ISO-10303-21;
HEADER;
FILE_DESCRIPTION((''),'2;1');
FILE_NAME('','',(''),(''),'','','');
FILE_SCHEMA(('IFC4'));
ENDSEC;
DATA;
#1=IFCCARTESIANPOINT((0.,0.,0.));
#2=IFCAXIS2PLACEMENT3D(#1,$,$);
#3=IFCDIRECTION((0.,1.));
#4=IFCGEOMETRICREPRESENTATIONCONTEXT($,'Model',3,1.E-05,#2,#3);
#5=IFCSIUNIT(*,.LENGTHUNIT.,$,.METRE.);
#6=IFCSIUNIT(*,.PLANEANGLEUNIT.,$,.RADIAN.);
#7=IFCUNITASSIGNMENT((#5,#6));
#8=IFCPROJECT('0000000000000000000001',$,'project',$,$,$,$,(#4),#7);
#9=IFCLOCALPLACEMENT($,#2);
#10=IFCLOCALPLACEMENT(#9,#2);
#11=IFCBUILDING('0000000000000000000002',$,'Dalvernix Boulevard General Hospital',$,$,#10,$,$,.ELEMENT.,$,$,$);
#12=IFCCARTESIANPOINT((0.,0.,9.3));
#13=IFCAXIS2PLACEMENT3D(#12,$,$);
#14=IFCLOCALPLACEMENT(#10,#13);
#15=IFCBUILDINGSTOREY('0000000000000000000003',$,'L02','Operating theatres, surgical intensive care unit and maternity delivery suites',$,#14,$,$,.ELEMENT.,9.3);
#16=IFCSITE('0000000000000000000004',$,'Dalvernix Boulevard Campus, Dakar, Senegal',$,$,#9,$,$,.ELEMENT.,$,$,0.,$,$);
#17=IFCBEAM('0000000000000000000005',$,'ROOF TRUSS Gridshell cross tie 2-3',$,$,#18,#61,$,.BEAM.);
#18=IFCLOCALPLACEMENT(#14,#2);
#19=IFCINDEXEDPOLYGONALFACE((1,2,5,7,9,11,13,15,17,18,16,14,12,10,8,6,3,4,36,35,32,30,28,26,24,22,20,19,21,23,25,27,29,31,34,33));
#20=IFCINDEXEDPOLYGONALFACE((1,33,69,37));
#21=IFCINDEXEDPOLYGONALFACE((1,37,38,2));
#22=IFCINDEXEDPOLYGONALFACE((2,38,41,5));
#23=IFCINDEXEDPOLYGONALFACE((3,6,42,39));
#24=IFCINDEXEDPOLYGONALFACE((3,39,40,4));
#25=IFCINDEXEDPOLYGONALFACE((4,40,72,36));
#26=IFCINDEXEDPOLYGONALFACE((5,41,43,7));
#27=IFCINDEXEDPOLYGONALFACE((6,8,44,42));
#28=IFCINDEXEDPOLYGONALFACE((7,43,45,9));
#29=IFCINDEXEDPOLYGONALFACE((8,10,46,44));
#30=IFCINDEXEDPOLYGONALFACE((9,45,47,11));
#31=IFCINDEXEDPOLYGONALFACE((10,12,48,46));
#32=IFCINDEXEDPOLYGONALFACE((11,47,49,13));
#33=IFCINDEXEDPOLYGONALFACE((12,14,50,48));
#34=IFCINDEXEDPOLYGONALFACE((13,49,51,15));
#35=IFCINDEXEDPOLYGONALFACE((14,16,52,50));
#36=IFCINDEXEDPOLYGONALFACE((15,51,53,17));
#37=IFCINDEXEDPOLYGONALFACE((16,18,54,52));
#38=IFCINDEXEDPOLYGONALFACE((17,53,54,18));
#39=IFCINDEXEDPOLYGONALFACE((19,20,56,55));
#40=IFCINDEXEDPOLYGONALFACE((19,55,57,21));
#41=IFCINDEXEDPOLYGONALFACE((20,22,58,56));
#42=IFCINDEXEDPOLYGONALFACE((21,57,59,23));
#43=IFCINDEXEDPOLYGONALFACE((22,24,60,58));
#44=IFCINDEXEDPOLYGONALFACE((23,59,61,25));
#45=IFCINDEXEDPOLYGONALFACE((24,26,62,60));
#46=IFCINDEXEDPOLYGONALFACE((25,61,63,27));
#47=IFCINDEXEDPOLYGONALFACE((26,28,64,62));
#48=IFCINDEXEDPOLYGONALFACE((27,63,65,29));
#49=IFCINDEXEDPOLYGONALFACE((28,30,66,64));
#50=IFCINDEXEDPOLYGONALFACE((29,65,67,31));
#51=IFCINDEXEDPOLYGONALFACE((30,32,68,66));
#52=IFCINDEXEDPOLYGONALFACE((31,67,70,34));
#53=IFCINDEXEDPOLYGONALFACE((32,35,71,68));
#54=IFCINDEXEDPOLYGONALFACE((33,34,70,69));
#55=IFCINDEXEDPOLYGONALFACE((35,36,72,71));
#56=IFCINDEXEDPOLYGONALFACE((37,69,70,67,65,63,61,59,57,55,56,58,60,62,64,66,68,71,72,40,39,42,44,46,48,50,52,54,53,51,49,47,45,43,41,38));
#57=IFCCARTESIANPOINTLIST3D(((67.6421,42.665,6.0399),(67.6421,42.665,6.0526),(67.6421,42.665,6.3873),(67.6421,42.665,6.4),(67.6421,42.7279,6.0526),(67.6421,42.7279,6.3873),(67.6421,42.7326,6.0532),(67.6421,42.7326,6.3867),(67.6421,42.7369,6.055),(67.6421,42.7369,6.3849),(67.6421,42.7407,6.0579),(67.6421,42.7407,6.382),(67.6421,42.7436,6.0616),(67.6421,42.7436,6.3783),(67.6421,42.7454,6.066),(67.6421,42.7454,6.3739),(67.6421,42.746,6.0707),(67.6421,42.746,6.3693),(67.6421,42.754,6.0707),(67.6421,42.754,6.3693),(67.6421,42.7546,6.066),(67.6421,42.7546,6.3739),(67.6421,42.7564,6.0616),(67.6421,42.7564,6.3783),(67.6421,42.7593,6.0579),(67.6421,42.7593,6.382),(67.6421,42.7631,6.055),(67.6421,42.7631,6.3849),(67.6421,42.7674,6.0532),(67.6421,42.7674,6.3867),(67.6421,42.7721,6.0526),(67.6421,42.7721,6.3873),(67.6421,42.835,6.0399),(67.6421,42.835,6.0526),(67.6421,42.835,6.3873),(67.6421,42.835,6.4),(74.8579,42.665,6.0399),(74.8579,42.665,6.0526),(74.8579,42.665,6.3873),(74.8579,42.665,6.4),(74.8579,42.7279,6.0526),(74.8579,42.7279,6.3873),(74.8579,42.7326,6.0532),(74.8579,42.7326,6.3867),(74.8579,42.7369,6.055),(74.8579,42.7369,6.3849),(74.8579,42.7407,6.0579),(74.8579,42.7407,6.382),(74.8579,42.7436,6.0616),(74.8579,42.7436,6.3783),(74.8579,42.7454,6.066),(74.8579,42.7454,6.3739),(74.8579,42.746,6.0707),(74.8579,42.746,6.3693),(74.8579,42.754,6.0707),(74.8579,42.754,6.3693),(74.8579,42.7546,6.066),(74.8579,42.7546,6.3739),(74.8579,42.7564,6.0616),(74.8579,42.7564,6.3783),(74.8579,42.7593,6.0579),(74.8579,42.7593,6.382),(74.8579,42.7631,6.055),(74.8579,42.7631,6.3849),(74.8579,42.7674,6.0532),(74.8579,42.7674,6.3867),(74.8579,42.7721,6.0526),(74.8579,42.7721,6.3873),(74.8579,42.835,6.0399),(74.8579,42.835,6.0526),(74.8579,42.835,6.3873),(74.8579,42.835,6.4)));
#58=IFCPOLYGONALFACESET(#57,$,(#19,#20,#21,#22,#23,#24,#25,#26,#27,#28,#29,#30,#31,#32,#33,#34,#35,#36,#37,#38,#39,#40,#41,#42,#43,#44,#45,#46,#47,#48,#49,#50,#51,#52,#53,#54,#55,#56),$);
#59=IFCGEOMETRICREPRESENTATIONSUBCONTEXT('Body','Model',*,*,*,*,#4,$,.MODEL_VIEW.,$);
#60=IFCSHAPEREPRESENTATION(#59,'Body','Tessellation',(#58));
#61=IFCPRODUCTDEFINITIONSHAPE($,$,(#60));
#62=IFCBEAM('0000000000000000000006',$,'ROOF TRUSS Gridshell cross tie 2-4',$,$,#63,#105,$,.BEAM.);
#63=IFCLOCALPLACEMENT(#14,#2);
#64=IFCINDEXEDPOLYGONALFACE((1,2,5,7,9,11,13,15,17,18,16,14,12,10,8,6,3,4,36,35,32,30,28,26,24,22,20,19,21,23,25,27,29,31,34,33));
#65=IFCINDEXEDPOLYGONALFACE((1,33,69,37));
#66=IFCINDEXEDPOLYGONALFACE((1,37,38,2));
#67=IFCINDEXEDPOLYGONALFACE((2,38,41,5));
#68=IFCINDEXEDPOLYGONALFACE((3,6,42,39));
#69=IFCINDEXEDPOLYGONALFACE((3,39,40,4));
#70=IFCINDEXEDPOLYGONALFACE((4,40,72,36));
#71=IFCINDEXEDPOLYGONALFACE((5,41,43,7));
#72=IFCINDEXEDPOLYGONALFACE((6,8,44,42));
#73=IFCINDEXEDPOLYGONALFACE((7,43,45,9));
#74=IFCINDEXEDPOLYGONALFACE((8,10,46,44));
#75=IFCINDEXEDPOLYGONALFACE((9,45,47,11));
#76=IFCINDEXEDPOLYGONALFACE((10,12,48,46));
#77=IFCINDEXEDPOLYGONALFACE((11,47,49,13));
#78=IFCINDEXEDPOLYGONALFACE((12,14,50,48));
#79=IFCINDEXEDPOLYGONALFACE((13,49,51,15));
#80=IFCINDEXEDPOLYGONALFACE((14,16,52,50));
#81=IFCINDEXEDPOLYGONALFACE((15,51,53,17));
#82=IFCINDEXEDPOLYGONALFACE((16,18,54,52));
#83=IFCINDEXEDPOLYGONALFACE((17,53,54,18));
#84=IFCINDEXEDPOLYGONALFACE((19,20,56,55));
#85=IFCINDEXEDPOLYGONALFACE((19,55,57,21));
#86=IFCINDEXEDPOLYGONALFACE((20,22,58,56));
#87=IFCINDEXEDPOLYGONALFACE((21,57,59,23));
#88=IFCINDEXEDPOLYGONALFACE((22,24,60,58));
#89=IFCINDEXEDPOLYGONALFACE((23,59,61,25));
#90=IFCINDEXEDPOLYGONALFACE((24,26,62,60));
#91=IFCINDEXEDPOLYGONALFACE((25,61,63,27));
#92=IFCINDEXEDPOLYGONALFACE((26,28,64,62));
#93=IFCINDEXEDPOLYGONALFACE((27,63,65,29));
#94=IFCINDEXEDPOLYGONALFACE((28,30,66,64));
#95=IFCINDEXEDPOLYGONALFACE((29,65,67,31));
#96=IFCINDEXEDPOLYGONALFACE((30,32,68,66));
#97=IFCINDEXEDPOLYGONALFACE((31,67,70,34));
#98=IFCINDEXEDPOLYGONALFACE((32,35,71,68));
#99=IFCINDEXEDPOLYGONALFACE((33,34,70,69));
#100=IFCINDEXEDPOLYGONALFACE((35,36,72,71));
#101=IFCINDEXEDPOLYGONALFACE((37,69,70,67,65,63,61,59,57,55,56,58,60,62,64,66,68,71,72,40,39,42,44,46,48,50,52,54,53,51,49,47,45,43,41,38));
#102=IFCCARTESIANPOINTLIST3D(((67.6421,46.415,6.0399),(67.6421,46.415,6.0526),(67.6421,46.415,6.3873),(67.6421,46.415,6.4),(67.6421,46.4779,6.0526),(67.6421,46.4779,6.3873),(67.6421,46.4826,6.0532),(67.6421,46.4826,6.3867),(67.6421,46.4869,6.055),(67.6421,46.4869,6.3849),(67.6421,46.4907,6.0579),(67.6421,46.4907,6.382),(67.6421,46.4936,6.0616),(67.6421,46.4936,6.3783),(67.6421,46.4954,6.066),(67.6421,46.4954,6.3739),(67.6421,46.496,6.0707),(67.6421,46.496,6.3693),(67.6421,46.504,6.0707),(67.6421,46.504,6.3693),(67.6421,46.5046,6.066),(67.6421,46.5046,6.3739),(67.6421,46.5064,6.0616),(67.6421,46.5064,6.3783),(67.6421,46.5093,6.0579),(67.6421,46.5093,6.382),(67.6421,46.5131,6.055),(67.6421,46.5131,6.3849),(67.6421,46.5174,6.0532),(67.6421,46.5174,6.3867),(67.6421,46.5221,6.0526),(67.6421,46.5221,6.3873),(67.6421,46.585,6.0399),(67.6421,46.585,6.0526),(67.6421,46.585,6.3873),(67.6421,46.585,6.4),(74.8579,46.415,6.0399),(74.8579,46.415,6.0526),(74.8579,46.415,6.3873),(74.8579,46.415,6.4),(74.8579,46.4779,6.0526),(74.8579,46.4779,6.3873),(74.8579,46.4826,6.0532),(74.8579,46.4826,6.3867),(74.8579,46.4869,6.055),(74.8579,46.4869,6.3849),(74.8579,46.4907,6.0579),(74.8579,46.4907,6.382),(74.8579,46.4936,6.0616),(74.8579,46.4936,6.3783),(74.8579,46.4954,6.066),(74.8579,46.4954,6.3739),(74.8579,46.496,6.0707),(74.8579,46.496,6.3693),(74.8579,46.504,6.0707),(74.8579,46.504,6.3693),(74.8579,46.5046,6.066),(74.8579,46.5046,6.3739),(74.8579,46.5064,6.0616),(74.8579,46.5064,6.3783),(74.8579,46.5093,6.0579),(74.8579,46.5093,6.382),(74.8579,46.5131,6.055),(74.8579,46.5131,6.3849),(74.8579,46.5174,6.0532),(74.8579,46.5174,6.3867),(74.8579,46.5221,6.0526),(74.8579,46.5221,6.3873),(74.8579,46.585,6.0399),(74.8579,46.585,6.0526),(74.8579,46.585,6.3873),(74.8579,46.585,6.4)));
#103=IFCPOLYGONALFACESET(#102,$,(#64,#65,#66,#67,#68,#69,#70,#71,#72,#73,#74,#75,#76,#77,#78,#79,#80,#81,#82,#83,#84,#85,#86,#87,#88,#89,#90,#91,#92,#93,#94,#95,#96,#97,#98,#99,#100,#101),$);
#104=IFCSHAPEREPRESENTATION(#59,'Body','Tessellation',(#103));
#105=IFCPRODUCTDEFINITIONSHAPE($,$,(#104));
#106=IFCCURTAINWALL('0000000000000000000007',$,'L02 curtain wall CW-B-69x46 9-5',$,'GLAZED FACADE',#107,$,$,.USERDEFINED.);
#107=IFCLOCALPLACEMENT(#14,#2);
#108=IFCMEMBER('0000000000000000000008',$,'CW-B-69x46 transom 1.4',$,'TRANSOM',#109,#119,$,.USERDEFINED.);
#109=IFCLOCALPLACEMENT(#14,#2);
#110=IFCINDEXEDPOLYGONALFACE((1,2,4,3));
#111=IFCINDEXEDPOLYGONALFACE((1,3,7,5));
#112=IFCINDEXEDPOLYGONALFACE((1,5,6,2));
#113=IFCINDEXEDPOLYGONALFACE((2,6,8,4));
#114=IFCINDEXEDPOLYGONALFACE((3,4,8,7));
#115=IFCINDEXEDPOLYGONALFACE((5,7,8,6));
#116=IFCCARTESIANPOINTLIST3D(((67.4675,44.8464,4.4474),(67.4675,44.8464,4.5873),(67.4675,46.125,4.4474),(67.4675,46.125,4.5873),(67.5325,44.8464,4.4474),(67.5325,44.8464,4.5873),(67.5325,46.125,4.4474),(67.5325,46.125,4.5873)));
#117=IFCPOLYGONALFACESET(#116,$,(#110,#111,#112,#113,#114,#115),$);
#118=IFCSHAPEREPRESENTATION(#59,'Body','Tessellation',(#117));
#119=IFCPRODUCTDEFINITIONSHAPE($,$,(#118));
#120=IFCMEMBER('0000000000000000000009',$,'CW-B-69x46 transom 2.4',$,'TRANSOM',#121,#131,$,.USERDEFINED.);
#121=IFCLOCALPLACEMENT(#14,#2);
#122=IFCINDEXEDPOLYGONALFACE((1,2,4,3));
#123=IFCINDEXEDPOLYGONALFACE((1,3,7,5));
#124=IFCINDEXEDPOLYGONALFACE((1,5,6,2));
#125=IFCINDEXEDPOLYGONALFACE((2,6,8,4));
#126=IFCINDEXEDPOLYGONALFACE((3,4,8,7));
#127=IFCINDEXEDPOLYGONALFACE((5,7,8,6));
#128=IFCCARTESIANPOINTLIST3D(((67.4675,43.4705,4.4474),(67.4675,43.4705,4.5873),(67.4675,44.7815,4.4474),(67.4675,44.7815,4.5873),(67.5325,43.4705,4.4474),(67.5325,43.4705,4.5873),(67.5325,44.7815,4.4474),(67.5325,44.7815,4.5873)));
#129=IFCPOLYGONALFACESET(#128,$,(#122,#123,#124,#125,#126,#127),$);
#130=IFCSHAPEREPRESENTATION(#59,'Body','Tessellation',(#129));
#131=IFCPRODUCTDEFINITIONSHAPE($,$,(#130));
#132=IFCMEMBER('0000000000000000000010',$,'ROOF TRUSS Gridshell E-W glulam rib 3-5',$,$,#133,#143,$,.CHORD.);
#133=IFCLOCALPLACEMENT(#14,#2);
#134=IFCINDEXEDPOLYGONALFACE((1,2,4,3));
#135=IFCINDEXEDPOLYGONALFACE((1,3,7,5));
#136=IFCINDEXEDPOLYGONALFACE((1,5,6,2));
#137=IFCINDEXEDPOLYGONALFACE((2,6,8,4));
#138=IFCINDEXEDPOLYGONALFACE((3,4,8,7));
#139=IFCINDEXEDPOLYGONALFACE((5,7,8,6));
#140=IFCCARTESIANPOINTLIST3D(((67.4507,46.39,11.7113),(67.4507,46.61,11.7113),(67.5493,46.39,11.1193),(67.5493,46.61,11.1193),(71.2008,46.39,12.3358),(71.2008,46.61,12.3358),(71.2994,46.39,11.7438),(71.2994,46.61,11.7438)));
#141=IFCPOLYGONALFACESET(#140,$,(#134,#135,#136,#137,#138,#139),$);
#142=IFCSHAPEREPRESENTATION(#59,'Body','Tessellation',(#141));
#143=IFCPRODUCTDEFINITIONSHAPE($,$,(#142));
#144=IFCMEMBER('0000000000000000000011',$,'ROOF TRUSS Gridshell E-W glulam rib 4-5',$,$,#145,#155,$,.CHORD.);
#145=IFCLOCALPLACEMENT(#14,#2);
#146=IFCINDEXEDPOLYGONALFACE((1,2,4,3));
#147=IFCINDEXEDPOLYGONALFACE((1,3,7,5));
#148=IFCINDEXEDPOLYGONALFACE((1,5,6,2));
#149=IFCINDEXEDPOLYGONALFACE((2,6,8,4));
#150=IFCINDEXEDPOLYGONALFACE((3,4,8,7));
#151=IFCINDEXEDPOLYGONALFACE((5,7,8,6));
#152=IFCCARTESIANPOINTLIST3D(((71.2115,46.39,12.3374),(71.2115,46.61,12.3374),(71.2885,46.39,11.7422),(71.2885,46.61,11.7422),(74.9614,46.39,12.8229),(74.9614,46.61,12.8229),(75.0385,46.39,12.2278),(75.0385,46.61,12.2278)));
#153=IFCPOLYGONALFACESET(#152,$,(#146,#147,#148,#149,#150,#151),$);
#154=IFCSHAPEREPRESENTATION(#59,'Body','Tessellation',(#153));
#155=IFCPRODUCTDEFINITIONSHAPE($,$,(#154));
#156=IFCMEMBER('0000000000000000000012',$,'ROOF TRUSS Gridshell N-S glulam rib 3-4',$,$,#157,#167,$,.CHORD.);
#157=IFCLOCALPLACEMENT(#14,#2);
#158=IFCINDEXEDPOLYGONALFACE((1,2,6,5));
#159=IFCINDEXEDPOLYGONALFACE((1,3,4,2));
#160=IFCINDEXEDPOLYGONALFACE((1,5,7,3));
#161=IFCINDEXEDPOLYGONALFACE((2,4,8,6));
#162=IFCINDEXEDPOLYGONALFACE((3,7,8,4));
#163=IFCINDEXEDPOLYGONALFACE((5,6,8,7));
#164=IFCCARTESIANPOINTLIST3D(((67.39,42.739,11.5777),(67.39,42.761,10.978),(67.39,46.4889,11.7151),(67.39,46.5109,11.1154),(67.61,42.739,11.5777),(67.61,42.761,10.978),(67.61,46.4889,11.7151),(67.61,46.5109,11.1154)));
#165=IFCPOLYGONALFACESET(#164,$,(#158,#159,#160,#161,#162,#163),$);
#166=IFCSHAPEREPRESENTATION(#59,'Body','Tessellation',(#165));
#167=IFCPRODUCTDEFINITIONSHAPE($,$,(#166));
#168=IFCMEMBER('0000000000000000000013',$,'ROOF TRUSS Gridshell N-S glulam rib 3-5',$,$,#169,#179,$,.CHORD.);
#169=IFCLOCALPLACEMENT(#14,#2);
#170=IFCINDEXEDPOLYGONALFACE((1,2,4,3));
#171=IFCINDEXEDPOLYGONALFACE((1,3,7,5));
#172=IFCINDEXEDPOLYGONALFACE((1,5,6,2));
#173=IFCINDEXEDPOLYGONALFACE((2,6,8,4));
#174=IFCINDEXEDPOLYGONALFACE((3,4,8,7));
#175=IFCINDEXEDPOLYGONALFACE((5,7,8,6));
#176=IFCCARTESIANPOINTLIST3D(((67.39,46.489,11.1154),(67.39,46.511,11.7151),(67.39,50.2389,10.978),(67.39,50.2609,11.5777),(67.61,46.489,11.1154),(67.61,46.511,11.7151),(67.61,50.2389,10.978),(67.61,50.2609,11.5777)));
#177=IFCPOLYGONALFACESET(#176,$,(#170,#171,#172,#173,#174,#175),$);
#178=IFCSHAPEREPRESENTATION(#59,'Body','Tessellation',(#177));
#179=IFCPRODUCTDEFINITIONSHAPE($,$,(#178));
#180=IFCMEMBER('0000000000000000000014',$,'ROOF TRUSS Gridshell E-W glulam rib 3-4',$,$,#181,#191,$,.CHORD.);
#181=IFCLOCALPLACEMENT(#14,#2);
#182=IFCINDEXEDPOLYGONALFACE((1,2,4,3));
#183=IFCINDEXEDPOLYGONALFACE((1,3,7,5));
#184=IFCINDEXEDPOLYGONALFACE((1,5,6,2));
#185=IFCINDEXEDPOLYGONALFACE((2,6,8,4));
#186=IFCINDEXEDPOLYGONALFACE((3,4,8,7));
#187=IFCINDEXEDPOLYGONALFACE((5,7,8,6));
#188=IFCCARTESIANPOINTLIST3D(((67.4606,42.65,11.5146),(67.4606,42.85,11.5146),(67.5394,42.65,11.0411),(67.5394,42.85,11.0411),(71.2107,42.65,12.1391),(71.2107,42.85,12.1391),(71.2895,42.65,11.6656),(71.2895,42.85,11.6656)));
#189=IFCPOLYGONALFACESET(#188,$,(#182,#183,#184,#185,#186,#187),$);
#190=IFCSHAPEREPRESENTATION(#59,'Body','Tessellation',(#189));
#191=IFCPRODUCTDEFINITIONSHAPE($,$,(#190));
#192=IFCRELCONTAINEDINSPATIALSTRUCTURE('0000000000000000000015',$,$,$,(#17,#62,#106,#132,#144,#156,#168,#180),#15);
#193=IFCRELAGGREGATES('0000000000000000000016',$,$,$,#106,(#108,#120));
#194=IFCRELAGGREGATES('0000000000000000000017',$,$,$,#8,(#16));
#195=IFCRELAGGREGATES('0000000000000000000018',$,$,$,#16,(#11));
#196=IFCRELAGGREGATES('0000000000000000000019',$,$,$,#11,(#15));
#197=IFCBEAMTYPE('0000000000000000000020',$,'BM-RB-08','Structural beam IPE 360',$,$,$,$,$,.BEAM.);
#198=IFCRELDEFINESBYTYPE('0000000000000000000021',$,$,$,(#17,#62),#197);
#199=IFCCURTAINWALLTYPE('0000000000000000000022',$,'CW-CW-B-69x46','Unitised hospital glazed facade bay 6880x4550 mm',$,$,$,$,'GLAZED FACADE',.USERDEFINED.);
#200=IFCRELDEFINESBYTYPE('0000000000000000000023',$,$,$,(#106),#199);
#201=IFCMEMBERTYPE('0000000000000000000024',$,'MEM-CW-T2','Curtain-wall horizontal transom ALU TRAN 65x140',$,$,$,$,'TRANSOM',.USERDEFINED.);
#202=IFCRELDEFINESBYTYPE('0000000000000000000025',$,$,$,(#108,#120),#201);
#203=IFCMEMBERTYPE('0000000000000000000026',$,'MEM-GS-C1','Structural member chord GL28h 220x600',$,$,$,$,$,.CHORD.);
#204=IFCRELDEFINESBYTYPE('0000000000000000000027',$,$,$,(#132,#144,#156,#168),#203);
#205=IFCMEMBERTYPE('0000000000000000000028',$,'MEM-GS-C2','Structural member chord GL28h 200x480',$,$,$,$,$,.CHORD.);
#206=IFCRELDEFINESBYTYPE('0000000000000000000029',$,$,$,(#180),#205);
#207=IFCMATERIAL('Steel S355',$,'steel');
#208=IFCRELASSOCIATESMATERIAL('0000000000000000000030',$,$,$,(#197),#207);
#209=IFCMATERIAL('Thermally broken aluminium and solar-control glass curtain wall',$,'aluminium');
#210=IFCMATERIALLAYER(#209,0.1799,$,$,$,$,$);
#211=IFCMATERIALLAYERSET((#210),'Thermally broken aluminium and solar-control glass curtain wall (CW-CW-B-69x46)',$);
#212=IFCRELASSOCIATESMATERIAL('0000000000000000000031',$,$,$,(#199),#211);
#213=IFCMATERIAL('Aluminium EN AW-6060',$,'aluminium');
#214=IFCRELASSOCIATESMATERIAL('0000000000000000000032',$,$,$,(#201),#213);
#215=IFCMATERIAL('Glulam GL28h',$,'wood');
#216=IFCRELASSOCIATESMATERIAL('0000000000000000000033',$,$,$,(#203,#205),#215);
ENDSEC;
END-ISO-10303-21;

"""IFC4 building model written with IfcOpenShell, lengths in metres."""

from ifc_helpers import new_model, si_unit, direction, frame, origin, origin_2d, place, context, subcontext, project, spatial, rectangle, i_section, extrude, material, layer, layer_set, material_profile, profile_set, type_object, element, aggregate, save


model = new_model("IFC4")

# Units and contexts
model_context = context("Model", 3, precision=1e-05, world=origin(), true_north=direction((0.0, 1.0)))
body_context = subcontext(model_context, "Body", "Model", "MODEL_VIEW")
ifc_project = project(units=[si_unit("LENGTHUNIT", "METRE"), si_unit("PLANEANGLEUNIT", "RADIAN")], contexts=[model_context])

# Site, building, storey
site_placement = place(None, origin())
site = spatial("IfcSite", under=ifc_project, at=site_placement, Name="Dalvernix Boulevard Campus, Dakar, Senegal", CompositionType="ELEMENT", RefElevation=0.0)
building_placement = place(site_placement, origin())
building = spatial("IfcBuilding", under=site, at=building_placement, Name="Dalvernix Boulevard General Hospital", CompositionType="ELEMENT")
storey_placement = place(building_placement, frame((0.0, 0.0, 9.3)))
storey = spatial("IfcBuildingStorey", under=building, at=storey_placement, Name="L02", Description="Operating theatres, surgical intensive care unit and maternity delivery suites", CompositionType="ELEMENT", Elevation=9.3)

# Beams
ifc_material_1 = material(Name="Steel S355", Category="steel")
ifc_material_profile_1 = material_profile(ifc_material_1, i_section(OverallWidth=0.1699, OverallDepth=0.3601, WebThickness=0.0081, FlangeThickness=0.0127, FilletRadius=0.0181, at=origin_2d()), Name="IPE 360")
ifc_profile_set_1 = profile_set([ifc_material_profile_1], Name="Steel S355")
beam_type = type_object("IfcBeamType", Name="BM-RB-08", Description="Structural beam IPE 360", PredefinedType="BEAM", material=ifc_profile_set_1)
for number, where, z_axis, x_axis, name in (
    (1, (67.6421, 42.75, 6.22), (1.0, 0.0, 0.0), (0.0, 1.0, 0.0), "ROOF TRUSS Gridshell cross tie 2-3"),
    (2, (67.6421, 46.5, 6.22), (1.0, 0.0, 0.0), (0.0, 1.0, 0.0), "ROOF TRUSS Gridshell cross tie 2-4"),
):
    element("IfcBeam", number, at=place(storey_placement, frame(where, z_axis=z_axis, x_axis=x_axis)), inside=storey, type_object=beam_type, Name=name, PredefinedType="BEAM", context=body_context, shape_type="SweptSolid", body=[
        extrude(i_section(OverallWidth=0.1699, OverallDepth=0.3601, WebThickness=0.0081, FlangeThickness=0.0127, FilletRadius=0.0181, at=origin_2d()), origin(), (0.0, 0.0, 1.0), 7.2158),
    ])

# Curtain wall, members
ifc_material_2 = material(Name="Thermally broken aluminium and solar-control glass curtain wall", Category="aluminium")
ifc_layer_1 = layer(ifc_material_2, 0.1799)
ifc_layer_set_1 = layer_set([ifc_layer_1], Name="Thermally broken aluminium and solar-control glass curtain wall (CW-CW-B-69x46)")
curtain_wall_type = type_object("IfcCurtainWallType", Name="CW-CW-B-69x46", Description="Unitised hospital glazed facade bay 6880x4550 mm", ElementType="GLAZED FACADE", PredefinedType="USERDEFINED", material=ifc_layer_set_1)
curtain_wall_placement = place(storey_placement, origin())
curtain_wall = element("IfcCurtainWall", 3, at=curtain_wall_placement, inside=storey, type_object=curtain_wall_type, Name="L02 curtain wall CW-B-69x46 9-5", ObjectType="GLAZED FACADE", PredefinedType="USERDEFINED")
ifc_material_3 = material(Name="Aluminium EN AW-6060", Category="aluminium")
ifc_material_profile_2 = material_profile(ifc_material_3, rectangle(XDim=0.0649, YDim=0.1399, at=origin_2d()), Name="ALU TRAN 65x140")
ifc_profile_set_2 = profile_set([ifc_material_profile_2], Name="Aluminium EN AW-6060")
member_type_1 = type_object("IfcMemberType", Name="MEM-CW-T2", Description="Curtain-wall horizontal transom ALU TRAN 65x140", ElementType="TRANSOM", PredefinedType="USERDEFINED", material=ifc_profile_set_2)
member_1_placement = place(storey_placement, frame((67.5, 46.125, 4.5173), z_axis=(0.0, -1.0, 0.0), x_axis=(1.0, 0.0, 0.0)))
member_1 = element("IfcMember", 4, at=member_1_placement, type_object=member_type_1, Name="CW-B-69x46 transom 1.4", ObjectType="TRANSOM", PredefinedType="USERDEFINED", context=body_context, shape_type="SweptSolid", body=[
    extrude(rectangle(XDim=0.0649, YDim=0.1399, at=origin_2d()), origin(), (0.0, 0.0, 1.0), 1.2786),
])
member_2_placement = place(storey_placement, frame((67.5, 44.7815, 4.5173), z_axis=(0.0, -1.0, 0.0), x_axis=(1.0, 0.0, 0.0)))
member_2 = element("IfcMember", 5, at=member_2_placement, type_object=member_type_1, Name="CW-B-69x46 transom 2.4", ObjectType="TRANSOM", PredefinedType="USERDEFINED", context=body_context, shape_type="SweptSolid", body=[
    extrude(rectangle(XDim=0.0649, YDim=0.1399, at=origin_2d()), origin(), (0.0, 0.0, 1.0), 1.311),
])
aggregate(curtain_wall, [member_1, member_2])

# Members
ifc_material_4 = material(Name="Glulam GL28h", Category="wood")
ifc_material_profile_3 = material_profile(ifc_material_4, rectangle(XDim=0.22, YDim=0.6001, at=origin_2d()), Name="GL28h 220x600")
ifc_profile_set_3 = profile_set([ifc_material_profile_3], Name="Glulam GL28h")
member_type_2 = type_object("IfcMemberType", Name="MEM-GS-C1", Description="Structural member chord GL28h 220x600", PredefinedType="CHORD", material=ifc_profile_set_3)
member_3_placement = place(storey_placement, frame((67.5, 46.5, 11.4153), z_axis=(0.986415, 0.0, 0.164274), x_axis=(0.0, 1.0, 0.0)))
element("IfcMember", 6, at=member_3_placement, inside=storey, type_object=member_type_2, Name="ROOF TRUSS Gridshell E-W glulam rib 3-5", PredefinedType="CHORD", context=body_context, shape_type="SweptSolid", body=[
    extrude(rectangle(XDim=0.22, YDim=0.6001, at=origin_2d()), origin(), (0.0, 0.0, 1.0), 3.8018),
])
member_4_placement = place(storey_placement, frame((71.25, 46.5, 12.0398), z_axis=(0.99172, 0.0, 0.12842), x_axis=(0.0, 1.0, 0.0)))
element("IfcMember", 7, at=member_4_placement, inside=storey, type_object=member_type_2, Name="ROOF TRUSS Gridshell E-W glulam rib 4-5", PredefinedType="CHORD", context=body_context, shape_type="SweptSolid", body=[
    extrude(rectangle(XDim=0.22, YDim=0.6001, at=origin_2d()), origin(), (0.0, 0.0, 1.0), 3.7812),
])
for number, where, z_axis, x_axis, name in (
    (8, (67.5, 42.75, 11.2778), (0.0, 0.999329, 0.036629), (-1.0, 0.0, 0.0), "ROOF TRUSS Gridshell N-S glulam rib 3-4"),
    (9, (67.5, 46.5, 11.4153), (0.0, 0.999329, -0.036629), (-1.0, 0.0, 0.0), "ROOF TRUSS Gridshell N-S glulam rib 3-5"),
):
    element("IfcMember", number, at=place(storey_placement, frame(where, z_axis=z_axis, x_axis=x_axis)), inside=storey, type_object=member_type_2, Name=name, PredefinedType="CHORD", context=body_context, shape_type="SweptSolid", body=[
        extrude(rectangle(XDim=0.22, YDim=0.6001, at=origin_2d()), origin(), (0.0, 0.0, 1.0), 3.7524),
    ])
ifc_material_profile_4 = material_profile(ifc_material_4, rectangle(XDim=0.2, YDim=0.48, at=origin_2d()), Name="GL28h 200x480")
ifc_profile_set_4 = profile_set([ifc_material_profile_4], Name="Glulam GL28h")
member_type_3 = type_object("IfcMemberType", Name="MEM-GS-C2", Description="Structural member chord GL28h 200x480", PredefinedType="CHORD", material=ifc_profile_set_4)
member_5_placement = place(storey_placement, frame((67.5, 42.75, 11.2778), z_axis=(0.986415, 0.0, 0.164274), x_axis=(0.0, 1.0, 0.0)))
element("IfcMember", 10, at=member_5_placement, inside=storey, type_object=member_type_3, Name="ROOF TRUSS Gridshell E-W glulam rib 3-4", PredefinedType="CHORD", context=body_context, shape_type="SweptSolid", body=[
    extrude(rectangle(XDim=0.2, YDim=0.48, at=origin_2d()), origin(), (0.0, 0.0, 1.0), 3.8018),
])

save(model, "model.ifc")
